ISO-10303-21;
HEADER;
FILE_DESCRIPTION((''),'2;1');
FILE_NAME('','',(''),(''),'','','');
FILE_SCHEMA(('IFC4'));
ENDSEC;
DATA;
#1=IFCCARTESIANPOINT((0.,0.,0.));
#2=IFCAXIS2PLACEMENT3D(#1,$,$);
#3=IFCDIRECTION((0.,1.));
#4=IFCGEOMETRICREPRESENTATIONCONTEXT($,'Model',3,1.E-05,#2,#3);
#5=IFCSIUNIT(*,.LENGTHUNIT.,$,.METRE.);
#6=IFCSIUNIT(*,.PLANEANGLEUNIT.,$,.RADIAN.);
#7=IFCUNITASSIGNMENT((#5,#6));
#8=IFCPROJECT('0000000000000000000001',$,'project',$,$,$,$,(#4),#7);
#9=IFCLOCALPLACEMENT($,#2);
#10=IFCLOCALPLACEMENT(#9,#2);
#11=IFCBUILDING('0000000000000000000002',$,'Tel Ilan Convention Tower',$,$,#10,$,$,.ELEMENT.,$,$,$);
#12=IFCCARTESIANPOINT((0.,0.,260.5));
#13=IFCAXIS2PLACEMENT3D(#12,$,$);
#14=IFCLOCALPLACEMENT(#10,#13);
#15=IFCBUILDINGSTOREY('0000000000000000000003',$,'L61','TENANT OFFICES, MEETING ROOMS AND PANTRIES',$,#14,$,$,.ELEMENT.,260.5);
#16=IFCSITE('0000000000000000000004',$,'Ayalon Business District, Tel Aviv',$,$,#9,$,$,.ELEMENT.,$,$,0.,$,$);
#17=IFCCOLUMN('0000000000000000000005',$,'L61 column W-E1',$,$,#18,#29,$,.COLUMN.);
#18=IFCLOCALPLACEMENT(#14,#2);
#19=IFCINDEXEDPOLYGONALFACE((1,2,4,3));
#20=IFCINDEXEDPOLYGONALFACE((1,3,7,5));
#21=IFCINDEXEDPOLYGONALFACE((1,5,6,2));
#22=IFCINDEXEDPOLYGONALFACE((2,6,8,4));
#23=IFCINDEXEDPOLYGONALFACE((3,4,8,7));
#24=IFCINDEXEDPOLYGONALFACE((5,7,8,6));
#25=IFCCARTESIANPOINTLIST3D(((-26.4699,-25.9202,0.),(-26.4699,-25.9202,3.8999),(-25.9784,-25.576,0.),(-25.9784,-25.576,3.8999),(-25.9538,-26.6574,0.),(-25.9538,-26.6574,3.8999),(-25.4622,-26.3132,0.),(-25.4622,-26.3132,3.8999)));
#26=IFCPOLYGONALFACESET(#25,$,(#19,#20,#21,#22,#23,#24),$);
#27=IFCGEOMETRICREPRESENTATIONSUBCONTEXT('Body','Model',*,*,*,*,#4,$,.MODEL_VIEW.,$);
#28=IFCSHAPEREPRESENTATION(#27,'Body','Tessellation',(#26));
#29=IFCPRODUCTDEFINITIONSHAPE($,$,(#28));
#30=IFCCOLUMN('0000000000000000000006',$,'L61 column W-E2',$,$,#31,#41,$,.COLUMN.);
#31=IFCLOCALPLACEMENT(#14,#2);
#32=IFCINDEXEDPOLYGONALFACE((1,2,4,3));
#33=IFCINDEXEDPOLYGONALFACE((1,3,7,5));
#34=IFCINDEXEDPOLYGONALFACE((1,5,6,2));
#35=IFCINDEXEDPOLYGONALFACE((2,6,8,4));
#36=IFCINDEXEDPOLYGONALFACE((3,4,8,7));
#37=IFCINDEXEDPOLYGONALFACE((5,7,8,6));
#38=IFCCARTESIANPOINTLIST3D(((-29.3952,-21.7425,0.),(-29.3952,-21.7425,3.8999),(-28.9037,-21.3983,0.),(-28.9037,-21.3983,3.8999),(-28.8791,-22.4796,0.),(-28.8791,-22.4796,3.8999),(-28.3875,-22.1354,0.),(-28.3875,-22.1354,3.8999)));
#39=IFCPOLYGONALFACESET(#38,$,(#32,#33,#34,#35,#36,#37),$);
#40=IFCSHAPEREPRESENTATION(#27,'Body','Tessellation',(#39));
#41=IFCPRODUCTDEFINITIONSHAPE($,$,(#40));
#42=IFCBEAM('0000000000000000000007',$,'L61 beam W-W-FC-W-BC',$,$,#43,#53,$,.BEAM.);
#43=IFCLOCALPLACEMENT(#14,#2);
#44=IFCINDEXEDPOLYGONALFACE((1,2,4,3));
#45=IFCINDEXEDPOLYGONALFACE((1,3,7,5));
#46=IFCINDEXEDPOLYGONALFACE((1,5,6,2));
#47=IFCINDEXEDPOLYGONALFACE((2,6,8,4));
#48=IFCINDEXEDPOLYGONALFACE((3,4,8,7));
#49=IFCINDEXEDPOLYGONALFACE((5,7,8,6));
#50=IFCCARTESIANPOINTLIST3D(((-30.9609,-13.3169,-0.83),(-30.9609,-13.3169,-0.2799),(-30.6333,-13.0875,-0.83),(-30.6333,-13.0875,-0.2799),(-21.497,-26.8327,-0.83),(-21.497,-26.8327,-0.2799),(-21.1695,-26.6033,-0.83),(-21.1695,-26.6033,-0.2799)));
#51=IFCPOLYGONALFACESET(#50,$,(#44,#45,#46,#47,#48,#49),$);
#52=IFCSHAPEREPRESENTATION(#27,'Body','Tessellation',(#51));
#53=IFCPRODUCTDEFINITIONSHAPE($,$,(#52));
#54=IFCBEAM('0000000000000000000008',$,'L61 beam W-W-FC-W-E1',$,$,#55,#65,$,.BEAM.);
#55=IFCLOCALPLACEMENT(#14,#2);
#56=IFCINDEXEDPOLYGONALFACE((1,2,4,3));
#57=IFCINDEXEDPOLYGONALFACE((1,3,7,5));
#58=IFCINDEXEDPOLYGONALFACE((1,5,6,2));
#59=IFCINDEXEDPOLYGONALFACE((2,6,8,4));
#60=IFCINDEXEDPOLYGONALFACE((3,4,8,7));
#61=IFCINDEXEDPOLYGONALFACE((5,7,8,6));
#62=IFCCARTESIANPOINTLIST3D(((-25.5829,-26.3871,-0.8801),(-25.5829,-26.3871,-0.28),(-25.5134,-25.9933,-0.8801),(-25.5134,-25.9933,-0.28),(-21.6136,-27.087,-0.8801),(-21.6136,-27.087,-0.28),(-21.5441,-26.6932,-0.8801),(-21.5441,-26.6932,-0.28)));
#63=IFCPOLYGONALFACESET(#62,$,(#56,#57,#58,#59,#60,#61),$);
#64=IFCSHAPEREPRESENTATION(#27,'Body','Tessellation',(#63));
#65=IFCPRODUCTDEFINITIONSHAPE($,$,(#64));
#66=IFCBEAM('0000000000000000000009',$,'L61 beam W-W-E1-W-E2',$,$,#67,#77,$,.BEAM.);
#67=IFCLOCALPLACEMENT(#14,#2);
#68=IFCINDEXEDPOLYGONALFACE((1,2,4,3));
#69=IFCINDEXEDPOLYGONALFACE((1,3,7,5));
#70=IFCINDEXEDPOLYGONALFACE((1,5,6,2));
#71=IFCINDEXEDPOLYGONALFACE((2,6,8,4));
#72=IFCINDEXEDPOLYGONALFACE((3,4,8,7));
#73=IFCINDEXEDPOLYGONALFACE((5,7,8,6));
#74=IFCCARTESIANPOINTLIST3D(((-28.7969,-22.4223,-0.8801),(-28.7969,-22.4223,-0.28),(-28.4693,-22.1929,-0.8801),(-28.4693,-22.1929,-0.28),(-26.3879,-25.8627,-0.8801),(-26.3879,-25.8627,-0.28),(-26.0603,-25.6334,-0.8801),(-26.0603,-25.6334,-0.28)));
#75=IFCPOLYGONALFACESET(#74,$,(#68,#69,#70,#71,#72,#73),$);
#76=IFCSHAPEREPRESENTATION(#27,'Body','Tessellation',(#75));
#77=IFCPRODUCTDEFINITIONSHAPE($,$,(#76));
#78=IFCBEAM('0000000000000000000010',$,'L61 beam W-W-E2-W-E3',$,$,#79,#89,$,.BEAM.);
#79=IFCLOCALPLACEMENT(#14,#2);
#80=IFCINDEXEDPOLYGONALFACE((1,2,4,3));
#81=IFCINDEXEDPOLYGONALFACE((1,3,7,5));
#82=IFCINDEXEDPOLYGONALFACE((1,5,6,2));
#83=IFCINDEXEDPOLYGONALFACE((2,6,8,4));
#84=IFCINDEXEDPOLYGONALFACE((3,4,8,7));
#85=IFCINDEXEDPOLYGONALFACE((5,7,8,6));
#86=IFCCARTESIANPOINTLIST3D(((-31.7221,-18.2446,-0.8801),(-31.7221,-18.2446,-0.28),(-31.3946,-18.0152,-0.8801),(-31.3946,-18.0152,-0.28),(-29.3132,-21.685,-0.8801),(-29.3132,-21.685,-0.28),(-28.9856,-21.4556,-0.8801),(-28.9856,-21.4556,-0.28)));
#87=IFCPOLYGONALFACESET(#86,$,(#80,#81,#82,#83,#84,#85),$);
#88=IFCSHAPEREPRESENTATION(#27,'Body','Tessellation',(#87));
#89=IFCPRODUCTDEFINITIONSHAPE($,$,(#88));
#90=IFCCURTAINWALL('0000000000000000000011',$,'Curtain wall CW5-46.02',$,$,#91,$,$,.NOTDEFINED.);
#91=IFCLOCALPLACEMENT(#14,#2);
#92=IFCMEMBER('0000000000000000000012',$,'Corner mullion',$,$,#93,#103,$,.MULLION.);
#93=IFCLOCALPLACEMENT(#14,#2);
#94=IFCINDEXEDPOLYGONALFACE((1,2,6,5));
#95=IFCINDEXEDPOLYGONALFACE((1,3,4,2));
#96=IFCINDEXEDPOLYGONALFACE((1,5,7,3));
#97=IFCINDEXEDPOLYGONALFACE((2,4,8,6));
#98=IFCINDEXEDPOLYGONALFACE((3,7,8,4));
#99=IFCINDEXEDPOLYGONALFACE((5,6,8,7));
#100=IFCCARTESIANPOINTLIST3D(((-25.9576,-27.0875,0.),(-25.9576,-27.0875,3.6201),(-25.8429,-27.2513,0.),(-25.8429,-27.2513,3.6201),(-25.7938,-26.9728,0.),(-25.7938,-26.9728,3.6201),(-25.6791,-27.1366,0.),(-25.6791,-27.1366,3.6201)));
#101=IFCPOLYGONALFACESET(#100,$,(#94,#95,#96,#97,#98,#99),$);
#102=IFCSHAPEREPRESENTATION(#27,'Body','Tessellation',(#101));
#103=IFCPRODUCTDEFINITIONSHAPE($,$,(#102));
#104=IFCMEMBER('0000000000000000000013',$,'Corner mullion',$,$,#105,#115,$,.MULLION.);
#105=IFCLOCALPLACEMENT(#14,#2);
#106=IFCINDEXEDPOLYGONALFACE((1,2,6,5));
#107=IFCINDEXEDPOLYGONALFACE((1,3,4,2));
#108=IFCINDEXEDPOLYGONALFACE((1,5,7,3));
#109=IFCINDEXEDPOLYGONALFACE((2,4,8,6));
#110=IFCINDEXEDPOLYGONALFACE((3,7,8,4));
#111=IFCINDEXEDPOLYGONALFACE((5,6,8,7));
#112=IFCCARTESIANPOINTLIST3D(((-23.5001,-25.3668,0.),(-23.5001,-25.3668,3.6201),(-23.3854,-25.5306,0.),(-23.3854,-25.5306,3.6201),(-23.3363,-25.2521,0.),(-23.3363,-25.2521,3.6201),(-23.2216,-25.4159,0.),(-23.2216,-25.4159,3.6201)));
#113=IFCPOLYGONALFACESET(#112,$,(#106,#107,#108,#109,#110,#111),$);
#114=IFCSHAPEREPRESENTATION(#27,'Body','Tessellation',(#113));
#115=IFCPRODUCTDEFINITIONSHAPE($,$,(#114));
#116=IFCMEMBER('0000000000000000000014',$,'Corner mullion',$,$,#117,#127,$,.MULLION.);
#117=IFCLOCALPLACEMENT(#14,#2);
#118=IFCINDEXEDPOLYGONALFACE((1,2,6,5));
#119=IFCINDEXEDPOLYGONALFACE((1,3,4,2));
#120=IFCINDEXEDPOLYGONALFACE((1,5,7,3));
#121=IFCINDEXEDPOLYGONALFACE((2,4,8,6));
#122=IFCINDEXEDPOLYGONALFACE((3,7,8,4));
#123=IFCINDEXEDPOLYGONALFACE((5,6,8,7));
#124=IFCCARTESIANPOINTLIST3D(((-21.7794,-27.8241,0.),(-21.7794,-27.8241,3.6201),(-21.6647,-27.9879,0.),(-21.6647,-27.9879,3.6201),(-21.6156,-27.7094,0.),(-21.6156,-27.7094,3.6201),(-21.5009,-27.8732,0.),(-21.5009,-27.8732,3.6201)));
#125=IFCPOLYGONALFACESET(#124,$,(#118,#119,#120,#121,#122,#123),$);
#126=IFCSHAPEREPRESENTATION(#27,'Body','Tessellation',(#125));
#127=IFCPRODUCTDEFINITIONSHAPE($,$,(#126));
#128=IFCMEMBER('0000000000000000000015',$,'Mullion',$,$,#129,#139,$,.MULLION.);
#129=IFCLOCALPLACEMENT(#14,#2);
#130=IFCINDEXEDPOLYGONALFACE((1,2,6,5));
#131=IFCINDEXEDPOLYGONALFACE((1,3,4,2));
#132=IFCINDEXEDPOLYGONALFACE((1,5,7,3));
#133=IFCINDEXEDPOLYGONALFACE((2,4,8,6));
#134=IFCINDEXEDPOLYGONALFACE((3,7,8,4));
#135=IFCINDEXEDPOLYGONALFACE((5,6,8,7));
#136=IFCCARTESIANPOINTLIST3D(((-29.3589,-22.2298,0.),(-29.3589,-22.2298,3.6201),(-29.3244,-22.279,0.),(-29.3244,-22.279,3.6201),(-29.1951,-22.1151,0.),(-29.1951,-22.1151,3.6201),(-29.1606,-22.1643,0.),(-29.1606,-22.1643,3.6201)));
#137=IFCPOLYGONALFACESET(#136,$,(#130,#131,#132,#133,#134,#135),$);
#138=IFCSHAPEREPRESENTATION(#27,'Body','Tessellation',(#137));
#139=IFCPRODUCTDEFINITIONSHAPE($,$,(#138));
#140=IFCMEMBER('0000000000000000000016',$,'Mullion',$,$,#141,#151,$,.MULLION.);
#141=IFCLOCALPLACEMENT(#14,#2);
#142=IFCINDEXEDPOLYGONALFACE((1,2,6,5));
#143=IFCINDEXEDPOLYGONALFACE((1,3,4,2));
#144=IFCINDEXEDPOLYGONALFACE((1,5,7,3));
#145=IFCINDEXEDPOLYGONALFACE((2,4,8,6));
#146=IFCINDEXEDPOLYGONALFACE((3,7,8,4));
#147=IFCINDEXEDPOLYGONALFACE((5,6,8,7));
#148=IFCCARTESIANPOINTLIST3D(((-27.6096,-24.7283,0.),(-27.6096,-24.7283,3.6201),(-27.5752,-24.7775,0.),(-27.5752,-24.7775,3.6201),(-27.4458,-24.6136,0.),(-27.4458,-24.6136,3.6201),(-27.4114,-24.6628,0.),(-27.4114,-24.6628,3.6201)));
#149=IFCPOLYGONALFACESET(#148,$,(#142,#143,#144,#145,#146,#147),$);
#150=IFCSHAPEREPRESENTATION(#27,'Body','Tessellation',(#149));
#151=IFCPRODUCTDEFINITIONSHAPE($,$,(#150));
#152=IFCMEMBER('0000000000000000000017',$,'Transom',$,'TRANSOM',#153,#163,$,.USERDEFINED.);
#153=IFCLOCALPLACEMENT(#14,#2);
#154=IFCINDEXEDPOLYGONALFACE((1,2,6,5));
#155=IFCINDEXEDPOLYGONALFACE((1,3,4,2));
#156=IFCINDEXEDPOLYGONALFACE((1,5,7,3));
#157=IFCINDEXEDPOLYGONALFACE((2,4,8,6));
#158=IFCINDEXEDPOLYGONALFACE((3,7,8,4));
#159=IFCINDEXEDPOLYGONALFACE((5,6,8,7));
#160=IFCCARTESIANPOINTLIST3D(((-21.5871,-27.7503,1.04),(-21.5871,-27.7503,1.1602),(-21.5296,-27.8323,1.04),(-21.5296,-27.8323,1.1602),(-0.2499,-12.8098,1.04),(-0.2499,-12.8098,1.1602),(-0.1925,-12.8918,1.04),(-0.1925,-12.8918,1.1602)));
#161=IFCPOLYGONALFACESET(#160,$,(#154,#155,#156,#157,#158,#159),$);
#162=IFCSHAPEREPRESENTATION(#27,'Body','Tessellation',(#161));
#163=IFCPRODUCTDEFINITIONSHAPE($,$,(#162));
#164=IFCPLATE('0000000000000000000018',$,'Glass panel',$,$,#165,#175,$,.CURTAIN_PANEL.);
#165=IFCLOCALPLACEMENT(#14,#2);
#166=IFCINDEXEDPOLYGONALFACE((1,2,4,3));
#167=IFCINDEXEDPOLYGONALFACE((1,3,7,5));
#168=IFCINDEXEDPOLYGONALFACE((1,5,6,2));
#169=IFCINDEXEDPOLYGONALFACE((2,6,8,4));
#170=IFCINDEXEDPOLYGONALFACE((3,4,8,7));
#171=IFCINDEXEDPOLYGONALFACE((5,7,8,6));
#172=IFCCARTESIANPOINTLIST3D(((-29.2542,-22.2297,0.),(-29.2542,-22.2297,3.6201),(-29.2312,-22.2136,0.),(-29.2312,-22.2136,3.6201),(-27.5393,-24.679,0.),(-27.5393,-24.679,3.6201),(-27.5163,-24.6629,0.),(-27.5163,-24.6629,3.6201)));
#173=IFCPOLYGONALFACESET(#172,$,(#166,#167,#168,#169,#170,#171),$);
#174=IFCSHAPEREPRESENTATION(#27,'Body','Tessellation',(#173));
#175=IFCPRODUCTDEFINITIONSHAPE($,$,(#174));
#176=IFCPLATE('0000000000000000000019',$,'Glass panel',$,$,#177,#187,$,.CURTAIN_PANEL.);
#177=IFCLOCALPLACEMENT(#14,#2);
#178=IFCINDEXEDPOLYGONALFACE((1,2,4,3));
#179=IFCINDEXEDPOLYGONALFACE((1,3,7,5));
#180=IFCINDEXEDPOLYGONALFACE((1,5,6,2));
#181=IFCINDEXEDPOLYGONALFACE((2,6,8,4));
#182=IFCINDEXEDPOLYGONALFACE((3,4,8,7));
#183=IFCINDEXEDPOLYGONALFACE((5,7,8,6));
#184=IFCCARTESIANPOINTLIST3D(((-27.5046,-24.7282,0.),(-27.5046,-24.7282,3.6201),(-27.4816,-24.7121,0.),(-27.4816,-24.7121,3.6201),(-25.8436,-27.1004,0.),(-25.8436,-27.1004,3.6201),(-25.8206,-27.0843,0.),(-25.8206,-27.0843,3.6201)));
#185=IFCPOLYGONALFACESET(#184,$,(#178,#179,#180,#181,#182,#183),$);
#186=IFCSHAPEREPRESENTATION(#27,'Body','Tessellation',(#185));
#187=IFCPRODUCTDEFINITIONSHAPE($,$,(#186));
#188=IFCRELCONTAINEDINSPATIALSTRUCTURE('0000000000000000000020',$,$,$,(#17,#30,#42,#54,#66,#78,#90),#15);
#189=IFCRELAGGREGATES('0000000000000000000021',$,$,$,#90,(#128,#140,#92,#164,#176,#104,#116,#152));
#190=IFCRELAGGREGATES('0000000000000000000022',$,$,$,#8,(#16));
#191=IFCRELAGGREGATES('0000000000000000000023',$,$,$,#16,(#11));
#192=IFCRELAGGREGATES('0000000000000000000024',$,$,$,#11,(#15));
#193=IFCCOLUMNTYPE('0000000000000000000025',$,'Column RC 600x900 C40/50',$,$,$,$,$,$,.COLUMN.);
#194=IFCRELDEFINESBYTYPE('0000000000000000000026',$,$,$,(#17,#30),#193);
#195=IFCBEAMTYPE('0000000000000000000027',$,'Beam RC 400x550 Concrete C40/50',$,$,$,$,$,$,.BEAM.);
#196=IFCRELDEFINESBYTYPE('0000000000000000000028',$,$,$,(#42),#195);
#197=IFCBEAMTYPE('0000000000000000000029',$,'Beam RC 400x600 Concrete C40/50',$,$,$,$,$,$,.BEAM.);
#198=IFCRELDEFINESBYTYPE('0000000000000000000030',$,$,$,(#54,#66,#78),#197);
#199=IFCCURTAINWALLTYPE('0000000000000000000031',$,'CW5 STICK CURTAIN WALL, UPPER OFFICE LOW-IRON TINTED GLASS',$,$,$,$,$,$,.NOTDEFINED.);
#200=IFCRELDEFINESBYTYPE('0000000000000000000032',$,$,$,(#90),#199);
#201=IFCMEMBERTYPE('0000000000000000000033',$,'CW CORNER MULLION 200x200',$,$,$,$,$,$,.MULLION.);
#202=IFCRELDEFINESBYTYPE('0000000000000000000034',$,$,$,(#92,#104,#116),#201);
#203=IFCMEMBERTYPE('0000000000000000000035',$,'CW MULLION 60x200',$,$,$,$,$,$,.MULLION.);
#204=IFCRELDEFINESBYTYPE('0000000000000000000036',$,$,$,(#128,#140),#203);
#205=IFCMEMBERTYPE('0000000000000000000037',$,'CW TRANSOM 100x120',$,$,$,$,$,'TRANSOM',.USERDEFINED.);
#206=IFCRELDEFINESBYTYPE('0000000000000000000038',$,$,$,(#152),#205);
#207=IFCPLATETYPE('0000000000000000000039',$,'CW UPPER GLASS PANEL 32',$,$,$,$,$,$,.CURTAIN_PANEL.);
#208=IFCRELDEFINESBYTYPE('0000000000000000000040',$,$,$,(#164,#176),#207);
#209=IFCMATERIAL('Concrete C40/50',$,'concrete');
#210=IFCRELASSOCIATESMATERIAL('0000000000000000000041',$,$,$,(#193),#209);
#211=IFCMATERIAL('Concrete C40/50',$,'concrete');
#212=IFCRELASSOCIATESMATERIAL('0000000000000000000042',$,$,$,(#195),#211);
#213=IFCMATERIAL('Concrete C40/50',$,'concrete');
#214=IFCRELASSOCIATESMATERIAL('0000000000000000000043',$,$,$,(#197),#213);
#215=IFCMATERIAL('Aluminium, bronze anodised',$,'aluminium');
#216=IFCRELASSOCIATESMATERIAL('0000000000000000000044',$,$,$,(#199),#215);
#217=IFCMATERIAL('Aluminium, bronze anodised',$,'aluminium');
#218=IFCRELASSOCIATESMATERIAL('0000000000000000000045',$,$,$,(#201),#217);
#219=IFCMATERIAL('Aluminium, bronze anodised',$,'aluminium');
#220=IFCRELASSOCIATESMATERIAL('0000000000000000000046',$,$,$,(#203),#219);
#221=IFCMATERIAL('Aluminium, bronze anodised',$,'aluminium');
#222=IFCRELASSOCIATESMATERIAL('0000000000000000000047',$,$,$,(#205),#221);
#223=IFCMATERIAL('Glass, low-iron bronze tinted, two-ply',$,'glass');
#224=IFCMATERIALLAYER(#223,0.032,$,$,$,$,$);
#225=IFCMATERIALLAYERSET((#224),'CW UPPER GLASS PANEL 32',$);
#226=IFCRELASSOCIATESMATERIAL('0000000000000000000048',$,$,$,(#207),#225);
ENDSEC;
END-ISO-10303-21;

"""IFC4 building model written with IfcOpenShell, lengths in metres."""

from ifc_helpers import new_model, si_unit, direction, frame, origin, origin_2d, place, context, subcontext, project, spatial, rectangle, extrude, material, layer, layer_set, material_profile, profile_set, type_object, element, aggregate, save


model = new_model("IFC4")

# Units and contexts
model_context = context("Model", 3, precision=1e-05, world=origin(), true_north=direction((0.0, 1.0)))
body_context = subcontext(model_context, "Body", "Model", "MODEL_VIEW")
ifc_project = project(units=[si_unit("LENGTHUNIT", "METRE"), si_unit("PLANEANGLEUNIT", "RADIAN")], contexts=[model_context])

# Site, building, storey
site_placement = place(None, origin())
site = spatial("IfcSite", under=ifc_project, at=site_placement, Name="Ayalon Business District, Tel Aviv", CompositionType="ELEMENT", RefElevation=0.0)
building_placement = place(site_placement, origin())
building = spatial("IfcBuilding", under=site, at=building_placement, Name="Tel Ilan Convention Tower", CompositionType="ELEMENT")
storey_placement = place(building_placement, frame((0.0, 0.0, 260.5)))
storey = spatial("IfcBuildingStorey", under=building, at=storey_placement, Name="L61", Description="TENANT OFFICES, MEETING ROOMS AND PANTRIES", CompositionType="ELEMENT", Elevation=260.5)

# Columns
ifc_material_1 = material(Name="Concrete C40/50", Category="concrete")
ifc_material_profile_1 = material_profile(ifc_material_1, rectangle(XDim=0.8999, YDim=0.6001, at=origin_2d()), Name="RC 600x900")
ifc_profile_set_1 = profile_set([ifc_material_profile_1], Name="Concrete C40/50")
column_type = type_object("IfcColumnType", Name="Column RC 600x900 C40/50", PredefinedType="COLUMN", material=ifc_profile_set_1)
for number, where, z_axis, x_axis, name in (
    (1, (-25.9661, -26.1167, 0.0), (0.0, 0.0, 1.0), (-0.573576, 0.819152, 0.0), "L61 column W-E1"),
    (2, (-28.8914, -21.939, 0.0), (0.0, 0.0, 1.0), (-0.573576, 0.819152, 0.0), "L61 column W-E2"),
):
    element("IfcColumn", number, at=place(storey_placement, frame(where, z_axis=z_axis, x_axis=x_axis)), inside=storey, type_object=column_type, Name=name, PredefinedType="COLUMN", context=body_context, shape_type="SweptSolid", body=[
        extrude(rectangle(XDim=0.8999, YDim=0.6001, at=origin_2d()), origin(), (0.0, 0.0, 1.0), 3.8999),
    ])

# Beams
ifc_material_2 = material(Name="Concrete C40/50", Category="concrete")
ifc_material_profile_2 = material_profile(ifc_material_2, rectangle(XDim=0.3999, YDim=0.55, at=origin_2d()), Name="RC 400x550")
ifc_profile_set_2 = profile_set([ifc_material_profile_2], Name="Concrete C40/50")
beam_type_1 = type_object("IfcBeamType", Name="Beam RC 400x550 Concrete C40/50", PredefinedType="BEAM", material=ifc_profile_set_2)
beam_1_placement = place(storey_placement, frame((-21.3333, -26.718, -0.5549), z_axis=(-0.573575, 0.819153, 0.0), x_axis=(-0.819153, -0.573575, 0.0)))
element("IfcBeam", 3, at=beam_1_placement, inside=storey, type_object=beam_type_1, Name="L61 beam W-W-FC-W-BC", PredefinedType="BEAM", context=body_context, shape_type="SweptSolid", body=[
    extrude(rectangle(XDim=0.3999, YDim=0.55, at=origin_2d()), origin(), (0.0, 0.0, 1.0), 16.4998),
])
ifc_material_3 = material(Name="Concrete C40/50", Category="concrete")
ifc_material_profile_3 = material_profile(ifc_material_3, rectangle(XDim=0.3999, YDim=0.6001, at=origin_2d()), Name="RC 400x600")
ifc_profile_set_3 = profile_set([ifc_material_profile_3], Name="Concrete C40/50")
beam_type_2 = type_object("IfcBeamType", Name="Beam RC 400x600 Concrete C40/50", PredefinedType="BEAM", material=ifc_profile_set_3)
beam_2_placement = place(storey_placement, frame((-21.5789, -26.8901, -0.5801), z_axis=(-0.984805, 0.173664, 0.0), x_axis=(-0.173664, -0.984805, 0.0)))
element("IfcBeam", 4, at=beam_2_placement, inside=storey, type_object=beam_type_2, Name="L61 beam W-W-FC-W-E1", PredefinedType="BEAM", context=body_context, shape_type="SweptSolid", body=[
    extrude(rectangle(XDim=0.3999, YDim=0.6001, at=origin_2d()), origin(), (0.0, 0.0, 1.0), 4.0305),
])
for number, where, z_axis, x_axis, name in (
    (5, (-26.2241, -25.748, -0.5801), (-0.573564, 0.819161, 0.0), (-0.819161, -0.573564, 0.0), "L61 beam W-W-E1-W-E2"),
    (6, (-29.1494, -21.5703, -0.5801), (-0.573564, 0.819161, 0.0), (-0.819161, -0.573564, 0.0), "L61 beam W-W-E2-W-E3"),
):
    element("IfcBeam", number, at=place(storey_placement, frame(where, z_axis=z_axis, x_axis=x_axis)), inside=storey, type_object=beam_type_2, Name=name, PredefinedType="BEAM", context=body_context, shape_type="SweptSolid", body=[
        extrude(rectangle(XDim=0.3999, YDim=0.6001, at=origin_2d()), origin(), (0.0, 0.0, 1.0), 4.2),
    ])

# Curtain wall, members, plates
ifc_material_4 = material(Name="Aluminium, bronze anodised", Category="aluminium")
curtain_wall_type = type_object("IfcCurtainWallType", Name="CW5 STICK CURTAIN WALL, UPPER OFFICE LOW-IRON TINTED GLASS", PredefinedType="NOTDEFINED", material=ifc_material_4)
curtain_wall_placement = place(storey_placement, origin())
curtain_wall = element("IfcCurtainWall", 7, at=curtain_wall_placement, inside=storey, type_object=curtain_wall_type, Name="Curtain wall CW5-46.02", PredefinedType="NOTDEFINED")
ifc_material_5 = material(Name="Aluminium, bronze anodised", Category="aluminium")
ifc_material_profile_4 = material_profile(ifc_material_5, rectangle(XDim=0.2, YDim=0.2, at=origin_2d()), Name="CW CORNER MULLION 200x200")
ifc_profile_set_4 = profile_set([ifc_material_profile_4], Name="Aluminium, bronze anodised")
member_type_1 = type_object("IfcMemberType", Name="CW CORNER MULLION 200x200", PredefinedType="MULLION", material=ifc_profile_set_4)
member_1_placement = place(storey_placement, frame((-25.8184, -27.1121, 0.0), z_axis=(0.0, 0.0, 1.0), x_axis=(0.573576, -0.819152, 0.0)))
member_1 = element("IfcMember", 8, at=member_1_placement, type_object=member_type_1, Name="Corner mullion", PredefinedType="MULLION", context=body_context, shape_type="SweptSolid", body=[
    extrude(rectangle(XDim=0.2, YDim=0.2, at=origin_2d()), origin(), (0.0, 0.0, 1.0), 3.6201),
])
member_2_placement = place(storey_placement, frame((-23.3608, -25.3914, 0.0), z_axis=(0.0, 0.0, 1.0), x_axis=(0.819152, 0.573576, 0.0)))
member_2 = element("IfcMember", 9, at=member_2_placement, type_object=member_type_1, Name="Corner mullion", PredefinedType="MULLION", context=body_context, shape_type="SweptSolid", body=[
    extrude(rectangle(XDim=0.2, YDim=0.2, at=origin_2d()), origin(), (0.0, 0.0, 1.0), 3.6201),
])
member_3_placement = place(storey_placement, frame((-21.6401, -27.8486, 0.0), z_axis=(0.0, 0.0, 1.0), x_axis=(0.573576, -0.819152, 0.0)))
member_3 = element("IfcMember", 10, at=member_3_placement, type_object=member_type_1, Name="Corner mullion", PredefinedType="MULLION", context=body_context, shape_type="SweptSolid", body=[
    extrude(rectangle(XDim=0.2, YDim=0.2, at=origin_2d()), origin(), (0.0, 0.0, 1.0), 3.6201),
])
ifc_material_6 = material(Name="Aluminium, bronze anodised", Category="aluminium")
ifc_material_profile_5 = material_profile(ifc_material_6, rectangle(XDim=0.0601, YDim=0.2, at=origin_2d()), Name="CW MULLION 60x200")
ifc_profile_set_5 = profile_set([ifc_material_profile_5], Name="Aluminium, bronze anodised")
member_type_2 = type_object("IfcMemberType", Name="CW MULLION 60x200", PredefinedType="MULLION", material=ifc_profile_set_5)
member_4_placement = place(storey_placement, frame((-29.2598, -22.197, 0.0), z_axis=(0.0, 0.0, 1.0), x_axis=(0.573576, -0.819152, 0.0)))
member_4 = element("IfcMember", 11, at=member_4_placement, type_object=member_type_2, Name="Mullion", PredefinedType="MULLION", context=body_context, shape_type="SweptSolid", body=[
    extrude(rectangle(XDim=0.0601, YDim=0.2, at=origin_2d()), origin(), (0.0, 0.0, 1.0), 3.6201),
])
member_5_placement = place(storey_placement, frame((-27.5105, -24.6956, 0.0), z_axis=(0.0, 0.0, 1.0), x_axis=(0.573576, -0.819152, 0.0)))
member_5 = element("IfcMember", 12, at=member_5_placement, type_object=member_type_2, Name="Mullion", PredefinedType="MULLION", context=body_context, shape_type="SweptSolid", body=[
    extrude(rectangle(XDim=0.0601, YDim=0.2, at=origin_2d()), origin(), (0.0, 0.0, 1.0), 3.6201),
])
ifc_material_7 = material(Name="Aluminium, bronze anodised", Category="aluminium")
ifc_material_profile_6 = material_profile(ifc_material_7, rectangle(XDim=0.1001, YDim=0.1201, at=origin_2d()), Name="CW TRANSOM 100x120")
ifc_profile_set_6 = profile_set([ifc_material_profile_6], Name="Aluminium, bronze anodised")
member_type_3 = type_object("IfcMemberType", Name="CW TRANSOM 100x120", ElementType="TRANSOM", PredefinedType="USERDEFINED", material=ifc_profile_set_6)
member_6_placement = place(storey_placement, frame((-21.5583, -27.7913, 1.1001), z_axis=(0.819152, 0.573576, 0.0), x_axis=(-0.573576, 0.819152, 0.0)))
member_6 = element("IfcMember", 13, at=member_6_placement, type_object=member_type_3, Name="Transom", ObjectType="TRANSOM", PredefinedType="USERDEFINED", context=body_context, shape_type="SweptSolid", body=[
    extrude(rectangle(XDim=0.1001, YDim=0.1201, at=origin_2d()), origin(), (0.0, 0.0, 1.0), 26.0479),
])
ifc_material_8 = material(Name="Glass, low-iron bronze tinted, two-ply", Category="glass")
ifc_layer_1 = layer(ifc_material_8, 0.032)
ifc_layer_set_1 = layer_set([ifc_layer_1], Name="CW UPPER GLASS PANEL 32")
plate_type = type_object("IfcPlateType", Name="CW UPPER GLASS PANEL 32", PredefinedType="CURTAIN_PANEL", material=ifc_layer_set_1)
plate_1_placement = place(storey_placement, frame((-28.3853, -23.4463, 0.0), z_axis=(0.0, 0.0, 1.0), x_axis=(0.573576, -0.819152, 0.0)))
plate_1 = element("IfcPlate", 14, at=plate_1_placement, type_object=plate_type, Name="Glass panel", PredefinedType="CURTAIN_PANEL", context=body_context, shape_type="SweptSolid", body=[
    extrude(rectangle(XDim=2.99, YDim=0.0281, at=origin_2d()), origin(), (0.0, 0.0, 1.0), 3.6201),
])
plate_2_placement = place(storey_placement, frame((-26.6626, -25.9062, 0.0), z_axis=(0.0, 0.0, 1.0), x_axis=(0.573576, -0.819152, 0.0)))
plate_2 = element("IfcPlate", 15, at=plate_2_placement, type_object=plate_type, Name="Glass panel", PredefinedType="CURTAIN_PANEL", context=body_context, shape_type="SweptSolid", body=[
    extrude(rectangle(XDim=2.896, YDim=0.0281, at=origin_2d()), origin(), (0.0, 0.0, 1.0), 3.6201),
])
aggregate(curtain_wall, [member_4, member_5, member_1, plate_1, plate_2, member_2, member_3, member_6])

save(model, "model.ifc")
